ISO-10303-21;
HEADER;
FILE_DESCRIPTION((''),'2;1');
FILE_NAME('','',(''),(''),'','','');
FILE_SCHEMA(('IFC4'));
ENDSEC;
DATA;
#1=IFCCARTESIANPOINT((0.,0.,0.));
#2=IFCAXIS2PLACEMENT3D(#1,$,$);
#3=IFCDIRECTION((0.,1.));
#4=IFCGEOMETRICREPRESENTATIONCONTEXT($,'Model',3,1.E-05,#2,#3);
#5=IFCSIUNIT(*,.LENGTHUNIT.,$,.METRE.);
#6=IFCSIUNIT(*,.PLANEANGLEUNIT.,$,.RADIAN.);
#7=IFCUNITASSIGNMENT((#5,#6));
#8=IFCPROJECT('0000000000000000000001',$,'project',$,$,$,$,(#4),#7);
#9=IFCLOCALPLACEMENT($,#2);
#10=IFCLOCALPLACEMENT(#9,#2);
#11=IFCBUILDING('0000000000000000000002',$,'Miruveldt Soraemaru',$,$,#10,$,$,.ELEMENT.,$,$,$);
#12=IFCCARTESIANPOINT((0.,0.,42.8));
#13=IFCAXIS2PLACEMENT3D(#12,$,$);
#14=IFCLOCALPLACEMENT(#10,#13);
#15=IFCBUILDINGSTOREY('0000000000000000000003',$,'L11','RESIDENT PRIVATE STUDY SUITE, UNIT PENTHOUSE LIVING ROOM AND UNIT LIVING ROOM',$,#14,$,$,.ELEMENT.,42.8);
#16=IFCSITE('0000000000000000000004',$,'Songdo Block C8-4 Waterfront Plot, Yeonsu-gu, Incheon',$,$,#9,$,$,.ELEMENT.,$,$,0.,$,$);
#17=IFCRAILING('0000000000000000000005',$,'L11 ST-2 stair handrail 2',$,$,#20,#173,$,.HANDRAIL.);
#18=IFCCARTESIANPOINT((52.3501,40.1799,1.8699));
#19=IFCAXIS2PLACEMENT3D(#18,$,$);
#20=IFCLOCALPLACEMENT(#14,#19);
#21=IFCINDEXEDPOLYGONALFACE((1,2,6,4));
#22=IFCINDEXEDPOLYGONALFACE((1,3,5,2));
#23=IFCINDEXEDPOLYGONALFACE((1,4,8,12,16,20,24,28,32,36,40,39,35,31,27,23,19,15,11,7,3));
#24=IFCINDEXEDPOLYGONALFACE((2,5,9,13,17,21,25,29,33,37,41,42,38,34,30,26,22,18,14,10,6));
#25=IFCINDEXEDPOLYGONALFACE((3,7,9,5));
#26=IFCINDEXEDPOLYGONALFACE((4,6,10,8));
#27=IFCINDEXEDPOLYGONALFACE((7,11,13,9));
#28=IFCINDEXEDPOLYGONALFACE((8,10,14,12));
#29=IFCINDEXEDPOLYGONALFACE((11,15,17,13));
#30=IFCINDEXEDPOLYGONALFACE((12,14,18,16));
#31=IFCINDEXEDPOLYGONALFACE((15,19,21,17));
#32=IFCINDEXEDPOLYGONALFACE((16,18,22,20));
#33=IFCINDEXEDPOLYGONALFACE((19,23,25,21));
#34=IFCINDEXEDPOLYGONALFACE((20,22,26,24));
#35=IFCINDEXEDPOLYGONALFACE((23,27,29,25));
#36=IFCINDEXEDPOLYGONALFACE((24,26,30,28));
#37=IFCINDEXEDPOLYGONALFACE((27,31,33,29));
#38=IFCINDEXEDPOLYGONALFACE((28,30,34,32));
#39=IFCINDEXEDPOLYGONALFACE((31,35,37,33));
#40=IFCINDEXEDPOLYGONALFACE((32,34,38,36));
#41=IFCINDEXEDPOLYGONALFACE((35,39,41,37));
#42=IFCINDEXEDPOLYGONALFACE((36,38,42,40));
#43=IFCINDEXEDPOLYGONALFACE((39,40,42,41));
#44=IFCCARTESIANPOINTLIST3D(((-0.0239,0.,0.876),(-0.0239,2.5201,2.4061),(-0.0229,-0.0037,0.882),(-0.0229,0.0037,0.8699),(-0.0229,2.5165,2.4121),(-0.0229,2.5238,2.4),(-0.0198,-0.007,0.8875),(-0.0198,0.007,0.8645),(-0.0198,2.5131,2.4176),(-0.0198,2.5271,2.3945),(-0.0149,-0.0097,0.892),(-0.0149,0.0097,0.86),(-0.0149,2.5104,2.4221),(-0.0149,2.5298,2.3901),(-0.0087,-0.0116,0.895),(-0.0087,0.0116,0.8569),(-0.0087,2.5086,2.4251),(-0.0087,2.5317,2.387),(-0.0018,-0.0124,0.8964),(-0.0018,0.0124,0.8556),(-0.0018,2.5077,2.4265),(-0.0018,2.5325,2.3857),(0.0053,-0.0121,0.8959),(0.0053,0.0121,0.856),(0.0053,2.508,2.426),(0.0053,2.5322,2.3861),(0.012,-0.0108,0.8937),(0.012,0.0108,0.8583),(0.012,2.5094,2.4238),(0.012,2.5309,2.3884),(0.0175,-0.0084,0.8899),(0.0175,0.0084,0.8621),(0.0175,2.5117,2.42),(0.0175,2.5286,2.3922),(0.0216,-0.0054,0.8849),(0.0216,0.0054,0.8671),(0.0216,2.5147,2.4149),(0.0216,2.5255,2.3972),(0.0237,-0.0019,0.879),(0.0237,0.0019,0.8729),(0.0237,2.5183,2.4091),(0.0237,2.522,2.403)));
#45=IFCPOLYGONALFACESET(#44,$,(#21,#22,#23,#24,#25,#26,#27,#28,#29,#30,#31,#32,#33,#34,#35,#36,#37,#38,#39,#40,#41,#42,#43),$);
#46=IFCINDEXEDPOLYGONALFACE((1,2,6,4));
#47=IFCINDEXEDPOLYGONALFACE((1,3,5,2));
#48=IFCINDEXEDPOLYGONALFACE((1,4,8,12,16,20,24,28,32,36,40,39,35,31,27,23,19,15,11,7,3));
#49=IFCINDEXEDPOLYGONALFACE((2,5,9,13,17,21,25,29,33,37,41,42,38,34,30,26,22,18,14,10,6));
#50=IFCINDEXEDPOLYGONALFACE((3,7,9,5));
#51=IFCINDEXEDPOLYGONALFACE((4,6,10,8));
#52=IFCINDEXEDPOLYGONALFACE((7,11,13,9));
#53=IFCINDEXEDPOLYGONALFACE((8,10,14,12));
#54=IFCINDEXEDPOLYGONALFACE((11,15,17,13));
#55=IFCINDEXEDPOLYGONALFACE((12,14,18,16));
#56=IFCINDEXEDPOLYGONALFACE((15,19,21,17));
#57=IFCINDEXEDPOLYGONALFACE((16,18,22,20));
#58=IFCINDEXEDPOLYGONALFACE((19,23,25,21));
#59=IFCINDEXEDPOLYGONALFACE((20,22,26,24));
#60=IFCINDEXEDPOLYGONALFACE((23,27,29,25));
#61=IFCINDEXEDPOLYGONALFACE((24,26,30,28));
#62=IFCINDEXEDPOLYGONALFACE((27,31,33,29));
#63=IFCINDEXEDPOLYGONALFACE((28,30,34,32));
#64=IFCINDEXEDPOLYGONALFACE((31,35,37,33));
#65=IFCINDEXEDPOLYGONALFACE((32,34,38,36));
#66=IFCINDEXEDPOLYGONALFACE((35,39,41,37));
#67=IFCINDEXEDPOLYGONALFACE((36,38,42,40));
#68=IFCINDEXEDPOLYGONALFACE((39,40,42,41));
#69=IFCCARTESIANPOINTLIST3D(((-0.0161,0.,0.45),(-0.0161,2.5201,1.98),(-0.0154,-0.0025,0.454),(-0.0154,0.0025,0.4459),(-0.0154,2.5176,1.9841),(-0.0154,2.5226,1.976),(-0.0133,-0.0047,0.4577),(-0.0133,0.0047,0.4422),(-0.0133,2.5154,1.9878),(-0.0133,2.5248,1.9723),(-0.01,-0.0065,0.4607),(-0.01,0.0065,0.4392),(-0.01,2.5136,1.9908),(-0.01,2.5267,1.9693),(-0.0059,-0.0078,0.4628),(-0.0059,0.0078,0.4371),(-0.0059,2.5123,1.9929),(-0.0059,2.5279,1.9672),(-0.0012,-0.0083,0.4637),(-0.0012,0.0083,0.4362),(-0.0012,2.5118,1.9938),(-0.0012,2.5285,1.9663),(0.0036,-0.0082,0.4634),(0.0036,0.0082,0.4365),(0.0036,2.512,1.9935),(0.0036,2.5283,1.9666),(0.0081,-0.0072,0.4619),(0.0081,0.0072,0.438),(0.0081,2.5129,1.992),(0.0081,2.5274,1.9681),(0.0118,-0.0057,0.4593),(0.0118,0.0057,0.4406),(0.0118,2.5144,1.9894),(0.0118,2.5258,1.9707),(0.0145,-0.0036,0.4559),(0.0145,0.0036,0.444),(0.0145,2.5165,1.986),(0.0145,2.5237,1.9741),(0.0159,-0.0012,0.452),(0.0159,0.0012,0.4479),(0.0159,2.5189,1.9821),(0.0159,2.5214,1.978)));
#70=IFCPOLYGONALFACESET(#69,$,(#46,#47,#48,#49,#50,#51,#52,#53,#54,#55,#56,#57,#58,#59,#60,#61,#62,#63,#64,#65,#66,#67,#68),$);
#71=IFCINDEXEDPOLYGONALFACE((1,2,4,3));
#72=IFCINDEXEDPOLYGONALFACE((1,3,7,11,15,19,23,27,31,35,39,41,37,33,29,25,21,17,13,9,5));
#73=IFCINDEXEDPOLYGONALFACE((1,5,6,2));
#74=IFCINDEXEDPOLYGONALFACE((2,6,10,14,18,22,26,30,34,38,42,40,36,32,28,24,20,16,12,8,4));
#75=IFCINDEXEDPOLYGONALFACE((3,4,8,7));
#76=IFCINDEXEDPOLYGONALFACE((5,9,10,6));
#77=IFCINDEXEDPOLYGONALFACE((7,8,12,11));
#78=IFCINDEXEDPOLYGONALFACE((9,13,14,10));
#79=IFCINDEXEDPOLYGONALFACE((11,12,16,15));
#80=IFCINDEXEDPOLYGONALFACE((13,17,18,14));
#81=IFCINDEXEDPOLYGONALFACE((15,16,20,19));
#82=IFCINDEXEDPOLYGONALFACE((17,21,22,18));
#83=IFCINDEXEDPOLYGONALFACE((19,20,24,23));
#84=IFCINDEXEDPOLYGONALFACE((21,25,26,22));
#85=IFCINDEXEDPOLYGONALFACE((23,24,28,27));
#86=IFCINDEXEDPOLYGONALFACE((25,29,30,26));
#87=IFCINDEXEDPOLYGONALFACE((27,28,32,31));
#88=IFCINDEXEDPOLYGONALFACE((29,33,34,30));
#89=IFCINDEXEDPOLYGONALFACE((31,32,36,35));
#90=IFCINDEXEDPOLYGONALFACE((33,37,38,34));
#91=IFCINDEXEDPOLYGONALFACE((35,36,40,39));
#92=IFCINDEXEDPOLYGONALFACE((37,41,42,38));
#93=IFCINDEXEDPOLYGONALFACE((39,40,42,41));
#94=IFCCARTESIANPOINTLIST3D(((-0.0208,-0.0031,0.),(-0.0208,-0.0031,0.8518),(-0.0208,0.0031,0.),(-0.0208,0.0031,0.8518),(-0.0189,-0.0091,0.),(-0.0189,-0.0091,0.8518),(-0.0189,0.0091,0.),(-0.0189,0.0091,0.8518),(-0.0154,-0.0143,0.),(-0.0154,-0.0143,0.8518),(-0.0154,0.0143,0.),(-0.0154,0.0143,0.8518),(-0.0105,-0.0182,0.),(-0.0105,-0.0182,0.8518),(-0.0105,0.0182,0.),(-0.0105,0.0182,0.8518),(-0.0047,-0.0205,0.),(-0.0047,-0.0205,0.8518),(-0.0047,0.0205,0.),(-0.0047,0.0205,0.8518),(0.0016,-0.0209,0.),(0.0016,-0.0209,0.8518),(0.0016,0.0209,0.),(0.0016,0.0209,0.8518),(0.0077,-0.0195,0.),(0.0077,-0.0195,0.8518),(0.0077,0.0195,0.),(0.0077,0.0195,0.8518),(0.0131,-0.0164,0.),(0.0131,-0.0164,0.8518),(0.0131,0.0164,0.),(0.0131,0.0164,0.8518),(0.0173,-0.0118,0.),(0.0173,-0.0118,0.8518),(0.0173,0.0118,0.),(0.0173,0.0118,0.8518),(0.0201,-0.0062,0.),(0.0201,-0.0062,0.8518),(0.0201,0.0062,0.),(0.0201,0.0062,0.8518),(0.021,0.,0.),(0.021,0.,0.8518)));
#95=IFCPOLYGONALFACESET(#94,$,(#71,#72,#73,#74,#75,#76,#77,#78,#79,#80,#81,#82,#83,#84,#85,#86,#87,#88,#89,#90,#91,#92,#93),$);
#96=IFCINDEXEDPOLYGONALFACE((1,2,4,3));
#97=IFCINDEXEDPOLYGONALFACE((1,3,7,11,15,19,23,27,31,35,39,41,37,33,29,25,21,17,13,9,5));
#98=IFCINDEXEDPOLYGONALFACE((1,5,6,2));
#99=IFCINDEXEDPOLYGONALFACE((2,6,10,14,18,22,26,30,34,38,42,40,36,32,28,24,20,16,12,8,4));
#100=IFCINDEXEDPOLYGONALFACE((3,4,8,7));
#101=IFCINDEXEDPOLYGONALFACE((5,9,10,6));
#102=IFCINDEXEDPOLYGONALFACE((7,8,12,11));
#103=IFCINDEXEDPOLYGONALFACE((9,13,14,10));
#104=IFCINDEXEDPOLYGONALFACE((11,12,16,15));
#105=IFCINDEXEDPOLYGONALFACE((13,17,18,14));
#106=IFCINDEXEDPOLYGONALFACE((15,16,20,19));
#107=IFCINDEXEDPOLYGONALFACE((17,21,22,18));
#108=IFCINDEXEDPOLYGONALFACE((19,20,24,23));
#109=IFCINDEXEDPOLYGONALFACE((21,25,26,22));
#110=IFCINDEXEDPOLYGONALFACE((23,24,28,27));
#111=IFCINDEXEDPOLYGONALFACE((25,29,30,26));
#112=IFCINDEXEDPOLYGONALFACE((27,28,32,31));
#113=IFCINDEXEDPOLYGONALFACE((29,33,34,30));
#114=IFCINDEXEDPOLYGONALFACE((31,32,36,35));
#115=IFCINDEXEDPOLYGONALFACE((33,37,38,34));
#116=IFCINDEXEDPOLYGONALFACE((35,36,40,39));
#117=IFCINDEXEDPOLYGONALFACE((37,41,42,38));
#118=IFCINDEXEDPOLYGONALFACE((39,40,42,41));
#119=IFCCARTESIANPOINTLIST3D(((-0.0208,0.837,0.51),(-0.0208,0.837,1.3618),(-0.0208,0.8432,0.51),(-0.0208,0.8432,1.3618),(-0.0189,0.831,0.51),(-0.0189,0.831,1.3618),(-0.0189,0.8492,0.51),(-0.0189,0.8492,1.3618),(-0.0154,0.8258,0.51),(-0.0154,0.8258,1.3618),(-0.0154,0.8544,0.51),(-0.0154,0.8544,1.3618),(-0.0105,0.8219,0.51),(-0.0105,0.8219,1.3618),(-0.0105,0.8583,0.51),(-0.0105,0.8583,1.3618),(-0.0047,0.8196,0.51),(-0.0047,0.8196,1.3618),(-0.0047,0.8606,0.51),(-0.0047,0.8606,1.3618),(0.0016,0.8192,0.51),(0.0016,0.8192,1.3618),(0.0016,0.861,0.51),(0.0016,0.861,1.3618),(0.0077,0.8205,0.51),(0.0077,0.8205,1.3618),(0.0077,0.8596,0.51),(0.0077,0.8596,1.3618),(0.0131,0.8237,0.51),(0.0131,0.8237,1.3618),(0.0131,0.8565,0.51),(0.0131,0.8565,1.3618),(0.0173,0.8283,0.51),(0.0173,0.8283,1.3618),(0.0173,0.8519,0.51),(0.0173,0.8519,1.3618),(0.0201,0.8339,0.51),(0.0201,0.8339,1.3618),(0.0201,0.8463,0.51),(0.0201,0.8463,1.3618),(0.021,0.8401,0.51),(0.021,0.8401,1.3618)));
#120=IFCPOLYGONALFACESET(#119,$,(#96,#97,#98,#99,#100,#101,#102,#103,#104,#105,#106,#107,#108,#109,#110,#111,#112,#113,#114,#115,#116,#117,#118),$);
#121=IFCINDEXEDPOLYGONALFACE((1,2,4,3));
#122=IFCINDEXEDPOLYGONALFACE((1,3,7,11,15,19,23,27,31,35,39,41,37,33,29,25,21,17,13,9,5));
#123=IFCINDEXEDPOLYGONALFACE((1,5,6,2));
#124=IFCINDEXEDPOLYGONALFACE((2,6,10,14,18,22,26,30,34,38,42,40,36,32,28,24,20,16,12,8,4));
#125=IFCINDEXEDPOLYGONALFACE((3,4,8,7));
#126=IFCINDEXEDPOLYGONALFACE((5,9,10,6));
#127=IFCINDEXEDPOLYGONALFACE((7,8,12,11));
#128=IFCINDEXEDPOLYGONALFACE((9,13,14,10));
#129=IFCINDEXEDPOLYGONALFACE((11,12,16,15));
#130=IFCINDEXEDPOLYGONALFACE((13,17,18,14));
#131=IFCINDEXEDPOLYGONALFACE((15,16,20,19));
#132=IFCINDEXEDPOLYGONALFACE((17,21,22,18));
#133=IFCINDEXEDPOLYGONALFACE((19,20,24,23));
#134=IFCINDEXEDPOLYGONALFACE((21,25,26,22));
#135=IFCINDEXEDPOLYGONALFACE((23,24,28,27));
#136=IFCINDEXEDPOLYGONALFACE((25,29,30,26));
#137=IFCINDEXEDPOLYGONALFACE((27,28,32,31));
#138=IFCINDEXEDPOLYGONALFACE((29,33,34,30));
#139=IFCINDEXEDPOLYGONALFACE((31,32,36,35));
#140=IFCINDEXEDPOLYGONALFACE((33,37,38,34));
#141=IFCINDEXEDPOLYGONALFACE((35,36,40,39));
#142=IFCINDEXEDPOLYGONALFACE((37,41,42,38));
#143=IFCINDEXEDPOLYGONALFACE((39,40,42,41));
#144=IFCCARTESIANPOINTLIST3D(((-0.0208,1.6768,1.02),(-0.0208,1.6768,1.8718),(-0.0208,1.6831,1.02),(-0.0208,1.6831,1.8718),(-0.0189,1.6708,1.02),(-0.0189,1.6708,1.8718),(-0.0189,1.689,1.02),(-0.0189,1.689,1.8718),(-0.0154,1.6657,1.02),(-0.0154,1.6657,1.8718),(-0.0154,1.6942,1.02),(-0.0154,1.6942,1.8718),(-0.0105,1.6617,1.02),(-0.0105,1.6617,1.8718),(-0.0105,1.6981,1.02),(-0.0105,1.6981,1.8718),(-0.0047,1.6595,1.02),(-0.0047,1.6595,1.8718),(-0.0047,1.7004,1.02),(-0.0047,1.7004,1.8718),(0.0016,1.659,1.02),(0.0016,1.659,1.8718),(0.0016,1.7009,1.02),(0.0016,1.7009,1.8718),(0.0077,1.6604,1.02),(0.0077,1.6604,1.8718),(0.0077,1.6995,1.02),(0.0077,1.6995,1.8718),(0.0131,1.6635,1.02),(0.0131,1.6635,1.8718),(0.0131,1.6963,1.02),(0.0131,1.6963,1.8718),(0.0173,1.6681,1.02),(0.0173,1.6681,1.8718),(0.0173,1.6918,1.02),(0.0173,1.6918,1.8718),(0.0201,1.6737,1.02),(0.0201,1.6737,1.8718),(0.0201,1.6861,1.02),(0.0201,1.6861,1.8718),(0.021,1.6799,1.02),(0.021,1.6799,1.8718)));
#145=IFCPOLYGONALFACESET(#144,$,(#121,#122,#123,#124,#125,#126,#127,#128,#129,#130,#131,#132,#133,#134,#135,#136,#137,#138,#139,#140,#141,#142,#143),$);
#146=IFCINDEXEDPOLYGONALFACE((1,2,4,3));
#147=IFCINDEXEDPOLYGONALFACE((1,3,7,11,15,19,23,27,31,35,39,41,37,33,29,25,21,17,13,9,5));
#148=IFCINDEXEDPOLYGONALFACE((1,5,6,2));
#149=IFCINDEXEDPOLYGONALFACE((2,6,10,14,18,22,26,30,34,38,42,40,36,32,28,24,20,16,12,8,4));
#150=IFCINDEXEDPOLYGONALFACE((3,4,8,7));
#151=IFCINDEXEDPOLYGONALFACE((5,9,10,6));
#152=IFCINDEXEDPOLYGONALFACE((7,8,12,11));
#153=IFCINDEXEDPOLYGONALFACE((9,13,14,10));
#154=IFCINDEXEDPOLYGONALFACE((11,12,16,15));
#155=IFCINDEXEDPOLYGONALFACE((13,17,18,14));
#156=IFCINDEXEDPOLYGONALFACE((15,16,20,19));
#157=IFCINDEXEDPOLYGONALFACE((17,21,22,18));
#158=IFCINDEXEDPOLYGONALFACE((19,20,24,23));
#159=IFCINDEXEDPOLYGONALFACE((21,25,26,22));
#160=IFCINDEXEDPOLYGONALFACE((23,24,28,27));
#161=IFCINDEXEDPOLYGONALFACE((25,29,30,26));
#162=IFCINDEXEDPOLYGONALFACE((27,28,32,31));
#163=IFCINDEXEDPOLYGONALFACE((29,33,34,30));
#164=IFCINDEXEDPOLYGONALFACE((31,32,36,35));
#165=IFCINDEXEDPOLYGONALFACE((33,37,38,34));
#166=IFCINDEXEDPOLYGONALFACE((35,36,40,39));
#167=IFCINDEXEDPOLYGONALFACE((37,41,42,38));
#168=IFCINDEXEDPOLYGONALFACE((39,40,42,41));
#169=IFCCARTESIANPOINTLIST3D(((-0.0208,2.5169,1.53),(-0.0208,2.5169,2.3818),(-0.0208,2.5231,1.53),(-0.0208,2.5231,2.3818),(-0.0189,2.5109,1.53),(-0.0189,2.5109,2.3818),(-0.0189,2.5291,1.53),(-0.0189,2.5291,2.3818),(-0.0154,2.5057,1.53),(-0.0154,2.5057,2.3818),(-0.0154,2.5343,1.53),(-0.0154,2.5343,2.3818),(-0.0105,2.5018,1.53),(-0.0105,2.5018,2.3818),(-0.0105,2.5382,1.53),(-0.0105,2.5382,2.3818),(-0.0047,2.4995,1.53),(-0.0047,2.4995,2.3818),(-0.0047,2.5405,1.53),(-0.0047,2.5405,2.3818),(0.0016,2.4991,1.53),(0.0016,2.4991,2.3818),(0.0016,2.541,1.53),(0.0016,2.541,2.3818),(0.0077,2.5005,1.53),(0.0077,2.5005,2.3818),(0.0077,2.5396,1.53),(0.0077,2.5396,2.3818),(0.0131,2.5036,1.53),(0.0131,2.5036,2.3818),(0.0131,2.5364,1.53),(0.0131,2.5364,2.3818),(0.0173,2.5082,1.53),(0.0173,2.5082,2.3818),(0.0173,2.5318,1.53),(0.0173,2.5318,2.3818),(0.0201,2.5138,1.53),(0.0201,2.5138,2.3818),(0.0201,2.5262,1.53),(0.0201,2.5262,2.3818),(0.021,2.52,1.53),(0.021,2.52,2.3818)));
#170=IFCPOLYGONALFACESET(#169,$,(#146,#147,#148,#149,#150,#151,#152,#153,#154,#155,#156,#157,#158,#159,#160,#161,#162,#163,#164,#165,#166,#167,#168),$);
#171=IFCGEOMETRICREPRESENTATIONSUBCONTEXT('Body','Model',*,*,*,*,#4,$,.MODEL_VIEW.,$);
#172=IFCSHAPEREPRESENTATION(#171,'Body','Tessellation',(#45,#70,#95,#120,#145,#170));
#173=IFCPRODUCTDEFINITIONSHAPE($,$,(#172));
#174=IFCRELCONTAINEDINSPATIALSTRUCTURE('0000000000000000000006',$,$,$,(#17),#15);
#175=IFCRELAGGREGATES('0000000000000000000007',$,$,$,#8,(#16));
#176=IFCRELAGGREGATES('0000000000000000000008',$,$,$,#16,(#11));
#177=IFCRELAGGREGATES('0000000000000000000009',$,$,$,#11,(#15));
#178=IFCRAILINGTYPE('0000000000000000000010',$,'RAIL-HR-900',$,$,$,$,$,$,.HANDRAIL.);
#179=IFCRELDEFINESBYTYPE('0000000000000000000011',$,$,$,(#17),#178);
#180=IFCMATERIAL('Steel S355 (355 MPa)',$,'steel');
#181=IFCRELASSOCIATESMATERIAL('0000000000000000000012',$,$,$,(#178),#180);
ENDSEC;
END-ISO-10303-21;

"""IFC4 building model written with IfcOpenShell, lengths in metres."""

from ifc_helpers import new_model, si_unit, direction, frame, origin, origin_2d, place, context, subcontext, project, spatial, circle, extrude, material, type_object, element, save


model = new_model("IFC4")

# Units and contexts
model_context = context("Model", 3, precision=1e-05, world=origin(), true_north=direction((0.0, 1.0)))
body_context = subcontext(model_context, "Body", "Model", "MODEL_VIEW")
ifc_project = project(units=[si_unit("LENGTHUNIT", "METRE"), si_unit("PLANEANGLEUNIT", "RADIAN")], contexts=[model_context])

# Site, building, storey
site_placement = place(None, origin())
site = spatial("IfcSite", under=ifc_project, at=site_placement, Name="Songdo Block C8-4 Waterfront Plot, Yeonsu-gu, Incheon", CompositionType="ELEMENT", RefElevation=0.0)
building_placement = place(site_placement, origin())
building = spatial("IfcBuilding", under=site, at=building_placement, Name="Miruveldt Soraemaru", CompositionType="ELEMENT")
storey_placement = place(building_placement, frame((0.0, 0.0, 42.8)))
storey = spatial("IfcBuildingStorey", under=building, at=storey_placement, Name="L11", Description="RESIDENT PRIVATE STUDY SUITE, UNIT PENTHOUSE LIVING ROOM AND UNIT LIVING ROOM", CompositionType="ELEMENT", Elevation=42.8)

# Railing
ifc_material_1 = material(Name="Steel S355 (355 MPa)", Category="steel")
railing_type_1 = type_object("IfcRailingType", Name="RAIL-HR-900", PredefinedType="HANDRAIL", material=ifc_material_1)
railing_1_placement = place(storey_placement, frame((52.3501, 40.1799, 1.8699)))
element("IfcRailing", 1, at=railing_1_placement, inside=storey, type_object=railing_type_1, Name="L11 ST-2 stair handrail 2", PredefinedType="HANDRAIL", context=body_context, shape_type="SweptSolid", body=[
    extrude(circle(Radius=0.0239, at=origin_2d()), frame((0.0, 0.0, 0.876), z_axis=(0.0, 0.854785, 0.518982), x_axis=(-1.0, 0.0, 0.0)), (0.0, 0.0, 1.0), 2.9482),
    extrude(circle(Radius=0.0161, at=origin_2d()), frame((0.0, 0.0, 0.45), z_axis=(0.0, 0.854785, 0.518982), x_axis=(-1.0, 0.0, 0.0)), (0.0, 0.0, 1.0), 2.9482),
    extrude(circle(Radius=0.021, at=origin_2d()), origin(), (0.0, 0.0, 1.0), 0.8518),
    extrude(circle(Radius=0.021, at=origin_2d()), frame((0.0, 0.8401, 0.51)), (0.0, 0.0, 1.0), 0.8518),
    extrude(circle(Radius=0.021, at=origin_2d()), frame((0.0, 1.6799, 1.02)), (0.0, 0.0, 1.0), 0.8518),
    extrude(circle(Radius=0.021, at=origin_2d()), frame((0.0, 2.52, 1.53)), (0.0, 0.0, 1.0), 0.8518),
])

save(model, "model.ifc")
